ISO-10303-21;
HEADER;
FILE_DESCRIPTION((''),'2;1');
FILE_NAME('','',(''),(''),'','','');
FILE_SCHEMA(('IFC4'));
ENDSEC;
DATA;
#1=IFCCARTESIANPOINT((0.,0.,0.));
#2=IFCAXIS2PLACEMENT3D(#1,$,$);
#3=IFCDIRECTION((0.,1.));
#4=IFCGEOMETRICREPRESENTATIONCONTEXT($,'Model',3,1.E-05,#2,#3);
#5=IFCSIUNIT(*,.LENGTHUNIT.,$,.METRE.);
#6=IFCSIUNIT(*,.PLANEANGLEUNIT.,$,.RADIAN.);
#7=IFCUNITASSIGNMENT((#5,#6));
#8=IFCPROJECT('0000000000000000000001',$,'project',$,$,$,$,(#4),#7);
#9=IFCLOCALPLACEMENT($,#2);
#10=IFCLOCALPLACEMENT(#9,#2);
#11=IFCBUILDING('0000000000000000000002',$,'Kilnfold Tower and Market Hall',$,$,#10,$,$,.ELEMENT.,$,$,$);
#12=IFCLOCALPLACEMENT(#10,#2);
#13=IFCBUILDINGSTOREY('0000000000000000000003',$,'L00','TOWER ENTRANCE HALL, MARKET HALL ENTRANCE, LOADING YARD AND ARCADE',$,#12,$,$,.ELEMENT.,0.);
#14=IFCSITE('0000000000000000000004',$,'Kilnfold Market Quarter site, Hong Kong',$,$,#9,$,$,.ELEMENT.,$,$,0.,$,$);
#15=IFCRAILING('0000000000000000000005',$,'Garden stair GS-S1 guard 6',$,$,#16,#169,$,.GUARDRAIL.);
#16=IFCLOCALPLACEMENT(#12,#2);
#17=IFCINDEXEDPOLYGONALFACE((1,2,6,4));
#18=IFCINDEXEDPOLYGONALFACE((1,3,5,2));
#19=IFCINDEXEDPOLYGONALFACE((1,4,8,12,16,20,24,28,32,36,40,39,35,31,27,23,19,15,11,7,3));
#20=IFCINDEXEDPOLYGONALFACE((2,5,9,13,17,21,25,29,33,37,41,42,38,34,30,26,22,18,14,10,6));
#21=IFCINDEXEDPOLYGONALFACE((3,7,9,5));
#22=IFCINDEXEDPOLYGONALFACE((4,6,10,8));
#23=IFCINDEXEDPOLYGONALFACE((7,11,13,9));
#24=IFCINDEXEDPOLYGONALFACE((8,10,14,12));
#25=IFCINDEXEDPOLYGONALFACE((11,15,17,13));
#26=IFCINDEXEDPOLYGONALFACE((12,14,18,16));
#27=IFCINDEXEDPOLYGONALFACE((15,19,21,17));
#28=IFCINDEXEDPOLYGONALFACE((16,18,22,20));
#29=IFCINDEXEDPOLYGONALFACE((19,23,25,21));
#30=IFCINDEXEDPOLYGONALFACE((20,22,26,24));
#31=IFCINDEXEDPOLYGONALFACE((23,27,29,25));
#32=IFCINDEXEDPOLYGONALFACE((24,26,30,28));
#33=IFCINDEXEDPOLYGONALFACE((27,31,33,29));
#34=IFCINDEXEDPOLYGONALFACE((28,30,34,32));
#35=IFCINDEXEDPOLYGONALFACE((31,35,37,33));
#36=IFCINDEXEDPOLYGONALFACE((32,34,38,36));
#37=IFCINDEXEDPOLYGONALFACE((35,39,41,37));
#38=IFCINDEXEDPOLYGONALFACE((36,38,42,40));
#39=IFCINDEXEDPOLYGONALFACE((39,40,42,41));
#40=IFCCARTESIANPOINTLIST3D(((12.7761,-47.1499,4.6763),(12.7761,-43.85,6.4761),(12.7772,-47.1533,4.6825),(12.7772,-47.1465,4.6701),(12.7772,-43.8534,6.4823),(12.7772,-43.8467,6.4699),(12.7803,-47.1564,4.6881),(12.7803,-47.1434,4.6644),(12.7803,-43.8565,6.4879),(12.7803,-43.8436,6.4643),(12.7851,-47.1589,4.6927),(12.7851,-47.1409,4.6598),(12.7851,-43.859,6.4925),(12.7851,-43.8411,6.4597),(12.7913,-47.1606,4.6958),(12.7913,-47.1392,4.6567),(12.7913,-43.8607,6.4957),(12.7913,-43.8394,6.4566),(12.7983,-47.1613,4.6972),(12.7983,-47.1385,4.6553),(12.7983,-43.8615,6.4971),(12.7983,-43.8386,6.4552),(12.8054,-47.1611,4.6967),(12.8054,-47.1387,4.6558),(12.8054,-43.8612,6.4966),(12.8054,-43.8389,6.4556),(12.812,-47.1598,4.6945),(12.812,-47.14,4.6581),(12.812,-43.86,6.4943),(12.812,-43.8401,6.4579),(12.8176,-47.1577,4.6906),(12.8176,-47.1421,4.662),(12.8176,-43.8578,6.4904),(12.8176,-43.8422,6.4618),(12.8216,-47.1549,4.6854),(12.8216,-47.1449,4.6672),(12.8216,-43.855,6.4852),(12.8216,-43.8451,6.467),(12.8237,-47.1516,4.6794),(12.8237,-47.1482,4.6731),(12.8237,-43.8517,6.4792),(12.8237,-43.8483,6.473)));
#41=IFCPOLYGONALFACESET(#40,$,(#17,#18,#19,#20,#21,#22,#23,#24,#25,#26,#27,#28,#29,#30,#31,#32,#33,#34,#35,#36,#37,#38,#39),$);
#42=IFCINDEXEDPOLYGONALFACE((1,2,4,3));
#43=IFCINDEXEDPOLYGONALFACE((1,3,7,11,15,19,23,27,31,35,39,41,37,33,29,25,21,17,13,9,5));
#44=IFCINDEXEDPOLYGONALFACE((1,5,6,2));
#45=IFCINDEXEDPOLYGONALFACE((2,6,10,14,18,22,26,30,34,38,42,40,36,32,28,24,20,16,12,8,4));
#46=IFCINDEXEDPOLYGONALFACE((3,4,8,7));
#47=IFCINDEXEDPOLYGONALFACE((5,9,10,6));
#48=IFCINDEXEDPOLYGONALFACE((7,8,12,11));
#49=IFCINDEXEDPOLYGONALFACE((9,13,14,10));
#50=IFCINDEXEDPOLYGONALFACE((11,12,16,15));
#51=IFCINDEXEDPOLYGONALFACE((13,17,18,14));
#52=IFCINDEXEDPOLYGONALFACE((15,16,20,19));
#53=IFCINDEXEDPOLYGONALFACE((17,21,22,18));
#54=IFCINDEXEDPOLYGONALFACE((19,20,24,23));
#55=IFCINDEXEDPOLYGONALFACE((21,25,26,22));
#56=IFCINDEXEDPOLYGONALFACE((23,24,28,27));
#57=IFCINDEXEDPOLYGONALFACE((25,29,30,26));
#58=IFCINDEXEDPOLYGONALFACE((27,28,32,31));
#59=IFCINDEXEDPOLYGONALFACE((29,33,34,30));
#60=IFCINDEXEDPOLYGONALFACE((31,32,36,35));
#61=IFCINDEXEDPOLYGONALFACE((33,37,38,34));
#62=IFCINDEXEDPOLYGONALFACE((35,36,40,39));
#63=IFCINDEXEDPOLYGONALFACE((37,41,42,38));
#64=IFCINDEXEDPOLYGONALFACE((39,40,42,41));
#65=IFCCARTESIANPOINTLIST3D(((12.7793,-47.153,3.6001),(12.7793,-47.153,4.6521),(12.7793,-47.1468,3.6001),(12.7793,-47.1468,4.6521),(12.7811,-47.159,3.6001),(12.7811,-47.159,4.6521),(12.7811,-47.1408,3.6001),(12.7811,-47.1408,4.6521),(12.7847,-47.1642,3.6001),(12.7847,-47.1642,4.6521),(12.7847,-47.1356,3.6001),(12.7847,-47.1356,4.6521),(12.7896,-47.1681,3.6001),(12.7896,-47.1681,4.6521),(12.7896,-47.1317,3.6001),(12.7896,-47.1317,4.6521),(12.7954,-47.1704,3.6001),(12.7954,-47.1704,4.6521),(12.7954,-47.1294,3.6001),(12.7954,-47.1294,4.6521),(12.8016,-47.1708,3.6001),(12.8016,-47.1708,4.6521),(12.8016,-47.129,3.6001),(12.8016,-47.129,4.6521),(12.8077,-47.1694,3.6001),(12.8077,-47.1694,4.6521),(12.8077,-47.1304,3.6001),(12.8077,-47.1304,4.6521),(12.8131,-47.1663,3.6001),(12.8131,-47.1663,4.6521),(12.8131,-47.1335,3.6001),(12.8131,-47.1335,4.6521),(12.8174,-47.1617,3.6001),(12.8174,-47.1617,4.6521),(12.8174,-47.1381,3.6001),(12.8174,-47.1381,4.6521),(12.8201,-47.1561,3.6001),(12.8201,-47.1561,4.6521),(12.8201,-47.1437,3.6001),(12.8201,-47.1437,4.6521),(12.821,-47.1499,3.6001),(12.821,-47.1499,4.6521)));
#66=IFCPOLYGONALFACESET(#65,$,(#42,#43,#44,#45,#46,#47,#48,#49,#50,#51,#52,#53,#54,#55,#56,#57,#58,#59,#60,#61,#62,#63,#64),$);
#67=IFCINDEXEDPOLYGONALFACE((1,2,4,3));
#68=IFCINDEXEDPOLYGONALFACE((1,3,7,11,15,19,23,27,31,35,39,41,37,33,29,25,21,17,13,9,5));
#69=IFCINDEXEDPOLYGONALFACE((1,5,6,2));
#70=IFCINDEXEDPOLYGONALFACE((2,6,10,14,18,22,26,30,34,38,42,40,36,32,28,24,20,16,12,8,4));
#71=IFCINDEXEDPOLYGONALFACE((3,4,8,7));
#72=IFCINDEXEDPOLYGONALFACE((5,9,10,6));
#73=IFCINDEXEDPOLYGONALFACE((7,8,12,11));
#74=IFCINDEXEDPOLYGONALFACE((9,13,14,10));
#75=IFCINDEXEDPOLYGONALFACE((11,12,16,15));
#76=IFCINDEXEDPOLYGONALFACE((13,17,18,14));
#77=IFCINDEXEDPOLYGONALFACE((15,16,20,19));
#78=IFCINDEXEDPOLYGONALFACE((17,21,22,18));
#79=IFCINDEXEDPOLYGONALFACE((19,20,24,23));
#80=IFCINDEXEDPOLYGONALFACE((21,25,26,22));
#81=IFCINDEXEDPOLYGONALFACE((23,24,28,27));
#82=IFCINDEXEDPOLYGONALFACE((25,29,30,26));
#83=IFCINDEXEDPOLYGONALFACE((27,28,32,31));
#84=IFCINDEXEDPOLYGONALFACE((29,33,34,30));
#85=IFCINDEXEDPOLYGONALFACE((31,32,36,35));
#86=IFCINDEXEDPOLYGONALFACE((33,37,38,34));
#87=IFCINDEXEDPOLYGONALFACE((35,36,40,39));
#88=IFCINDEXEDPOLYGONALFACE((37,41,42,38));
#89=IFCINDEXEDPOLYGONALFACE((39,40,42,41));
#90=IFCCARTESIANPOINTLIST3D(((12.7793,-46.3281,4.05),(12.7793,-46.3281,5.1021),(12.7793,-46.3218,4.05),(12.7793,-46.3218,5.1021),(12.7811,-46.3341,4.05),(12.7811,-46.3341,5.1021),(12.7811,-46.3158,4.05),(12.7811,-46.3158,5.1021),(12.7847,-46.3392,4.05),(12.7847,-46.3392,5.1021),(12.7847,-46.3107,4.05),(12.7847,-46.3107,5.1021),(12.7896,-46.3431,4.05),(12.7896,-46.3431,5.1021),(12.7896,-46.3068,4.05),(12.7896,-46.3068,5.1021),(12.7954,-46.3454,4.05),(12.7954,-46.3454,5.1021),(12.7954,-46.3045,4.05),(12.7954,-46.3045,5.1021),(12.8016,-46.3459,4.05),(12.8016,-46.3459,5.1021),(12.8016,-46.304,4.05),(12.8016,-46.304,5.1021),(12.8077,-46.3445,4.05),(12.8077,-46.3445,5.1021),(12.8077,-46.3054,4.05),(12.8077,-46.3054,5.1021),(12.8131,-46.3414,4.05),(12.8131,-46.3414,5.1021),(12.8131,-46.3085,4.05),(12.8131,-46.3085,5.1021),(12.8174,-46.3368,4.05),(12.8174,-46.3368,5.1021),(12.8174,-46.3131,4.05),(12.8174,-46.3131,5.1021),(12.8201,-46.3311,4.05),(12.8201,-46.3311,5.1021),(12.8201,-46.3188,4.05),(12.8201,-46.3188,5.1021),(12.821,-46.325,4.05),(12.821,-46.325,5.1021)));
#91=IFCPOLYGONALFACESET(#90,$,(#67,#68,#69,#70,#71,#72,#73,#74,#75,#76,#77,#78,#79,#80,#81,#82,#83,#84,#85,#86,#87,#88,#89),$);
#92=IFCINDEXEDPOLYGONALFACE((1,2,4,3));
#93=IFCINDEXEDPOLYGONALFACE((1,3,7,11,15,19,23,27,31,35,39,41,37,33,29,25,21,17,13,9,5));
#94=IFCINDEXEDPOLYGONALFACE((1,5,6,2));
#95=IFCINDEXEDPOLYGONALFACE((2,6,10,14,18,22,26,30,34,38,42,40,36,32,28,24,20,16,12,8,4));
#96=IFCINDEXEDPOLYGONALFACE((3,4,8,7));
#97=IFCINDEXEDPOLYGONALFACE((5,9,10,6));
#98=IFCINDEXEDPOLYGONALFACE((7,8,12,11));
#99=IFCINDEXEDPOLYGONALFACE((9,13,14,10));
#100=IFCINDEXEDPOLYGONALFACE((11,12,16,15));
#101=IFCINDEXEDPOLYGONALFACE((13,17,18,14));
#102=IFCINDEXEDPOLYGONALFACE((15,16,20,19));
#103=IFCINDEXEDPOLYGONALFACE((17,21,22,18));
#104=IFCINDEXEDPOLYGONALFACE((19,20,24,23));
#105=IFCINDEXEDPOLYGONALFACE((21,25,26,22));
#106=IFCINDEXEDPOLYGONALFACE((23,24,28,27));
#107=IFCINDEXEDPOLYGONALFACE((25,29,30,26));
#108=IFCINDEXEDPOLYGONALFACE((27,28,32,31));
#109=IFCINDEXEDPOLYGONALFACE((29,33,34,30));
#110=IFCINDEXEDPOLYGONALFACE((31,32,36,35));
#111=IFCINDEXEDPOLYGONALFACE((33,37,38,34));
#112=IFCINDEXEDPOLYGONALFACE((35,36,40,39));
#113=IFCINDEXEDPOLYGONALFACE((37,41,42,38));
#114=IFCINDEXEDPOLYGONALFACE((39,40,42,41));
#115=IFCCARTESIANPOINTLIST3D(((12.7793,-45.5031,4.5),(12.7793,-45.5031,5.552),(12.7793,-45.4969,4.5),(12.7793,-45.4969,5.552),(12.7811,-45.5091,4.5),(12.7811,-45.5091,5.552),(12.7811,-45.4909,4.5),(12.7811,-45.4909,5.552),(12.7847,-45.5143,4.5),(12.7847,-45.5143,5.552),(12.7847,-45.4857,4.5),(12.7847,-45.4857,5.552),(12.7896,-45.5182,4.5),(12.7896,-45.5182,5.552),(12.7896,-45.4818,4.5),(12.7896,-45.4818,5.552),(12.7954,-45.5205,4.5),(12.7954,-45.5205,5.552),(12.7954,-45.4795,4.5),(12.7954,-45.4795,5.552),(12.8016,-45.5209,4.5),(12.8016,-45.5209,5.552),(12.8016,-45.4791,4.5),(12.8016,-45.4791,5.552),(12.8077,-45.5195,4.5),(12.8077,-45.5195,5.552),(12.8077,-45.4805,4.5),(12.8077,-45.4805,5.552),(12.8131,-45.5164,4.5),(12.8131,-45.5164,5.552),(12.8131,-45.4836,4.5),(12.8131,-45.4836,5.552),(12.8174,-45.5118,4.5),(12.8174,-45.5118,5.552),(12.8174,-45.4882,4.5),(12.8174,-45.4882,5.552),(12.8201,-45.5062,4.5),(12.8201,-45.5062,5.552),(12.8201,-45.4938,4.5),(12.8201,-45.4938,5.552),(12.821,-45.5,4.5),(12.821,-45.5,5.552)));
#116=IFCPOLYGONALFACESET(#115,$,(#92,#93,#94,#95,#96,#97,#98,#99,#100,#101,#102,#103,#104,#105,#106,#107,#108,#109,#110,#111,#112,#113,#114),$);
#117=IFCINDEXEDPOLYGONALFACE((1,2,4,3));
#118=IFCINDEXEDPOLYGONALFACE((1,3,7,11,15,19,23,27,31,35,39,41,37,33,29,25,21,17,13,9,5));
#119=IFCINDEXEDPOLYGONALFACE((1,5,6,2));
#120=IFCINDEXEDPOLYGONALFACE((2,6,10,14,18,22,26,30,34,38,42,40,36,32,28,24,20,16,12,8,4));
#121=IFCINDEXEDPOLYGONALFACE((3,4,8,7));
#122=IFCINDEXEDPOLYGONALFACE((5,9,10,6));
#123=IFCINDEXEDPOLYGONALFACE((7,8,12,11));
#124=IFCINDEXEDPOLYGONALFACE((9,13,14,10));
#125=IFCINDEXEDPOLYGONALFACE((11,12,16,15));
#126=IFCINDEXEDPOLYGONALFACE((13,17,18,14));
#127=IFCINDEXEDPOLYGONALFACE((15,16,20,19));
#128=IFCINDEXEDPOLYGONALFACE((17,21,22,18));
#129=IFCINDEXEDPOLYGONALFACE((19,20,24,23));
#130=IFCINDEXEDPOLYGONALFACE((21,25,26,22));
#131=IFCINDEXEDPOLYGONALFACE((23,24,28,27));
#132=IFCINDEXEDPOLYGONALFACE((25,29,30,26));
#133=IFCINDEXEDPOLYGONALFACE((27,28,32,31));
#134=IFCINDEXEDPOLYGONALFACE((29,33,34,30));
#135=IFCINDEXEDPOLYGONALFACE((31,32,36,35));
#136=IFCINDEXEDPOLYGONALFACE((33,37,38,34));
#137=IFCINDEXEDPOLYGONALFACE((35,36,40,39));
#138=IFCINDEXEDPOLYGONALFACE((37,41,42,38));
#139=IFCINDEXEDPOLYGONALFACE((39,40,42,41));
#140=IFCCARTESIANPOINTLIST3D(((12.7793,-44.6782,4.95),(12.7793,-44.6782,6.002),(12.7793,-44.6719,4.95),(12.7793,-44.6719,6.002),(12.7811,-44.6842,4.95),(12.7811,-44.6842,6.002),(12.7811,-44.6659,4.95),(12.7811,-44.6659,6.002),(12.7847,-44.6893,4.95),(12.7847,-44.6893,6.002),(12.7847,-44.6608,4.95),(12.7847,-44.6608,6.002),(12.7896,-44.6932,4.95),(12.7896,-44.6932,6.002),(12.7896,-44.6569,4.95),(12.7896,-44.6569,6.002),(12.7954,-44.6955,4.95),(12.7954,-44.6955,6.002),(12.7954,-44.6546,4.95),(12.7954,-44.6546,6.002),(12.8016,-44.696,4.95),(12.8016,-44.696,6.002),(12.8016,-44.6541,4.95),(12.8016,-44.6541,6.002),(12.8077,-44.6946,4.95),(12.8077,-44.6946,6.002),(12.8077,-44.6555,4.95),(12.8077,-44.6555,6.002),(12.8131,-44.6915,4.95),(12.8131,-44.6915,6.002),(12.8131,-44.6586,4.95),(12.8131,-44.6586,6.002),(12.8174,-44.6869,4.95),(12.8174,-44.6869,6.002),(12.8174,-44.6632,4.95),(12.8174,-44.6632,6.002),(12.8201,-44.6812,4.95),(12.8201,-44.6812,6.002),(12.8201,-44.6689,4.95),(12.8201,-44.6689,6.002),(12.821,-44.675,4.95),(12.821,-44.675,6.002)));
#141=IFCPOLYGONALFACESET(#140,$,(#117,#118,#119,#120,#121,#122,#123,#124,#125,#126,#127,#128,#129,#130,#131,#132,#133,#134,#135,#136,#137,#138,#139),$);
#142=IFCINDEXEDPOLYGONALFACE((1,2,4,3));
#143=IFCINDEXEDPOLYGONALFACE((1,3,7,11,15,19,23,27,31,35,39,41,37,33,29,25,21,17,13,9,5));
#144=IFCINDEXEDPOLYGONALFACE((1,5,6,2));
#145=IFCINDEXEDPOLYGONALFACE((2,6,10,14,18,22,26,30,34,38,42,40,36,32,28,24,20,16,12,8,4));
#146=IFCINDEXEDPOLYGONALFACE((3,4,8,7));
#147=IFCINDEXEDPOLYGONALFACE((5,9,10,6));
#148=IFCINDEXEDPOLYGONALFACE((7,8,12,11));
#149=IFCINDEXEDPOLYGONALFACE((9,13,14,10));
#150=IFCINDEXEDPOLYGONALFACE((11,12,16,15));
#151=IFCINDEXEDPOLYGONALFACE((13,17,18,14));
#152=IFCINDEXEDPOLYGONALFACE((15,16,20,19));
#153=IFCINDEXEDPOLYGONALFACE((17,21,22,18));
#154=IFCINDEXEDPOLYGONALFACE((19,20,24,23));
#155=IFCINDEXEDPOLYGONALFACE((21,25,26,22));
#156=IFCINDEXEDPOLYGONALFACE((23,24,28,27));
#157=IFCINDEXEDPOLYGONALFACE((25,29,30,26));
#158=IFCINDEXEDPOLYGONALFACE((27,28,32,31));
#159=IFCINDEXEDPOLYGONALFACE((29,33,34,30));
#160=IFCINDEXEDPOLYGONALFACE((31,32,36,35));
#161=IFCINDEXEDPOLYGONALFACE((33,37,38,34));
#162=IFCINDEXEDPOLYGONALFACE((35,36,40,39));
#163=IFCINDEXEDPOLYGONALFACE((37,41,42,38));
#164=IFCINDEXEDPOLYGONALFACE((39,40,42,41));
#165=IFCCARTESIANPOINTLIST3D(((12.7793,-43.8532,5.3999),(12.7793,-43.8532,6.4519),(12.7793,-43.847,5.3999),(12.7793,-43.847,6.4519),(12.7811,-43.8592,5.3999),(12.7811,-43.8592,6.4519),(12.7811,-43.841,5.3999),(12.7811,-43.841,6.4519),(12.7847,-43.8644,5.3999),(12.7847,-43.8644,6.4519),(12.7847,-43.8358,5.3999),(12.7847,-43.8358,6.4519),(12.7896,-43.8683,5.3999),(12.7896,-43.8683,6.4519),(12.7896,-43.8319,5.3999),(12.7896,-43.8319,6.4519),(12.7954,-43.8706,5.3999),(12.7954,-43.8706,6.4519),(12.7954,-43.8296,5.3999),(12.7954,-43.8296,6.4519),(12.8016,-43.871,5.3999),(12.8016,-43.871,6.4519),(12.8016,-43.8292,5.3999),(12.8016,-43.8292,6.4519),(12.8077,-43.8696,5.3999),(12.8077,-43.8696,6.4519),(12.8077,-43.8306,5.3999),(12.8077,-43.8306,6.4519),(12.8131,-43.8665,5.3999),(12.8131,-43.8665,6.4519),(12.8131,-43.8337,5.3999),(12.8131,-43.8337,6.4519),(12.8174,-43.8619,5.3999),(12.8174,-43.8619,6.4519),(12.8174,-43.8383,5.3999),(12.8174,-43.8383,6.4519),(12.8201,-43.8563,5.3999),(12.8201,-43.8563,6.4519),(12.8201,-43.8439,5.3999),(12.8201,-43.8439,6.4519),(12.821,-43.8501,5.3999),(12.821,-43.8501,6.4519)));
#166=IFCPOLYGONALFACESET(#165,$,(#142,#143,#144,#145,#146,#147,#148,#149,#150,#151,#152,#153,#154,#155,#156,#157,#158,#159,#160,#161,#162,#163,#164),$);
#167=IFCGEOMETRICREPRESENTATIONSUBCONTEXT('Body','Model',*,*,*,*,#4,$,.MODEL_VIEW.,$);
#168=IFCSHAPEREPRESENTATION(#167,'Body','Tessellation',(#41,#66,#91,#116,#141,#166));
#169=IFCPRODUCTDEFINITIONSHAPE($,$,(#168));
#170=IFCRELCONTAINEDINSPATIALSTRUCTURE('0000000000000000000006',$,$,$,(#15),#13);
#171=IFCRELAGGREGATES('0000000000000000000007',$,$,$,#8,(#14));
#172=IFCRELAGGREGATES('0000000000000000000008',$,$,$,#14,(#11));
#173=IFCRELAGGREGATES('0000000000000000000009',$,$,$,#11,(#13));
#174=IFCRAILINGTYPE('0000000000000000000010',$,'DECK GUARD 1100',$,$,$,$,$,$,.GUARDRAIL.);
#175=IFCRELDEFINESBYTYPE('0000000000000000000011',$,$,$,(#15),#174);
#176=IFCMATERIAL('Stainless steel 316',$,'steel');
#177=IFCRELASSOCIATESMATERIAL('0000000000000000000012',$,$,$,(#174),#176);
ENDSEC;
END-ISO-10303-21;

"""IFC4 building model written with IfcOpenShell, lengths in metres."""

from ifc_helpers import new_model, si_unit, direction, frame, origin, origin_2d, place, context, subcontext, project, spatial, circle, extrude, material, type_object, element, save


model = new_model("IFC4")

# Units and contexts
model_context = context("Model", 3, precision=1e-05, world=origin(), true_north=direction((0.0, 1.0)))
body_context = subcontext(model_context, "Body", "Model", "MODEL_VIEW")
ifc_project = project(units=[si_unit("LENGTHUNIT", "METRE"), si_unit("PLANEANGLEUNIT", "RADIAN")], contexts=[model_context])

# Site, building, storey
site_placement = place(None, origin())
site = spatial("IfcSite", under=ifc_project, at=site_placement, Name="Kilnfold Market Quarter site, Hong Kong", CompositionType="ELEMENT", RefElevation=0.0)
building_placement = place(site_placement, origin())
building = spatial("IfcBuilding", under=site, at=building_placement, Name="Kilnfold Tower and Market Hall", CompositionType="ELEMENT")
storey_placement = place(building_placement, origin())
storey = spatial("IfcBuildingStorey", under=building, at=storey_placement, Name="L00", Description="TOWER ENTRANCE HALL, MARKET HALL ENTRANCE, LOADING YARD AND ARCADE", CompositionType="ELEMENT", Elevation=0.0)

# Railing
ifc_material_1 = material(Name="Stainless steel 316", Category="steel")
railing_type_1 = type_object("IfcRailingType", Name="DECK GUARD 1100", PredefinedType="GUARDRAIL", material=ifc_material_1)
railing_1_placement = place(storey_placement, frame((12.8, -47.1499, 3.6001)))
element("IfcRailing", 1, at=railing_1_placement, inside=storey, type_object=railing_type_1, Name="Garden stair GS-S1 guard 6", PredefinedType="GUARDRAIL", context=body_context, shape_type="SweptSolid", body=[
    extrude(circle(Radius=0.0239, at=origin_2d()), frame((0.0, 0.0, 1.0762), z_axis=(0.0, 0.877906, 0.478834), x_axis=(-1.0, 0.0, 0.0)), (0.0, 0.0, 1.0), 3.7588),
    extrude(circle(Radius=0.021, at=origin_2d()), origin(), (0.0, 0.0, 1.0), 1.052),
    extrude(circle(Radius=0.021, at=origin_2d()), frame((0.0, 0.825, 0.45)), (0.0, 0.0, 1.0), 1.052),
    extrude(circle(Radius=0.021, at=origin_2d()), frame((0.0, 1.6499, 0.8999)), (0.0, 0.0, 1.0), 1.052),
    extrude(circle(Radius=0.021, at=origin_2d()), frame((0.0, 2.4749, 1.3499)), (0.0, 0.0, 1.0), 1.052),
    extrude(circle(Radius=0.021, at=origin_2d()), frame((0.0, 3.2998, 1.7998)), (0.0, 0.0, 1.0), 1.052),
])

save(model, "model.ifc")
